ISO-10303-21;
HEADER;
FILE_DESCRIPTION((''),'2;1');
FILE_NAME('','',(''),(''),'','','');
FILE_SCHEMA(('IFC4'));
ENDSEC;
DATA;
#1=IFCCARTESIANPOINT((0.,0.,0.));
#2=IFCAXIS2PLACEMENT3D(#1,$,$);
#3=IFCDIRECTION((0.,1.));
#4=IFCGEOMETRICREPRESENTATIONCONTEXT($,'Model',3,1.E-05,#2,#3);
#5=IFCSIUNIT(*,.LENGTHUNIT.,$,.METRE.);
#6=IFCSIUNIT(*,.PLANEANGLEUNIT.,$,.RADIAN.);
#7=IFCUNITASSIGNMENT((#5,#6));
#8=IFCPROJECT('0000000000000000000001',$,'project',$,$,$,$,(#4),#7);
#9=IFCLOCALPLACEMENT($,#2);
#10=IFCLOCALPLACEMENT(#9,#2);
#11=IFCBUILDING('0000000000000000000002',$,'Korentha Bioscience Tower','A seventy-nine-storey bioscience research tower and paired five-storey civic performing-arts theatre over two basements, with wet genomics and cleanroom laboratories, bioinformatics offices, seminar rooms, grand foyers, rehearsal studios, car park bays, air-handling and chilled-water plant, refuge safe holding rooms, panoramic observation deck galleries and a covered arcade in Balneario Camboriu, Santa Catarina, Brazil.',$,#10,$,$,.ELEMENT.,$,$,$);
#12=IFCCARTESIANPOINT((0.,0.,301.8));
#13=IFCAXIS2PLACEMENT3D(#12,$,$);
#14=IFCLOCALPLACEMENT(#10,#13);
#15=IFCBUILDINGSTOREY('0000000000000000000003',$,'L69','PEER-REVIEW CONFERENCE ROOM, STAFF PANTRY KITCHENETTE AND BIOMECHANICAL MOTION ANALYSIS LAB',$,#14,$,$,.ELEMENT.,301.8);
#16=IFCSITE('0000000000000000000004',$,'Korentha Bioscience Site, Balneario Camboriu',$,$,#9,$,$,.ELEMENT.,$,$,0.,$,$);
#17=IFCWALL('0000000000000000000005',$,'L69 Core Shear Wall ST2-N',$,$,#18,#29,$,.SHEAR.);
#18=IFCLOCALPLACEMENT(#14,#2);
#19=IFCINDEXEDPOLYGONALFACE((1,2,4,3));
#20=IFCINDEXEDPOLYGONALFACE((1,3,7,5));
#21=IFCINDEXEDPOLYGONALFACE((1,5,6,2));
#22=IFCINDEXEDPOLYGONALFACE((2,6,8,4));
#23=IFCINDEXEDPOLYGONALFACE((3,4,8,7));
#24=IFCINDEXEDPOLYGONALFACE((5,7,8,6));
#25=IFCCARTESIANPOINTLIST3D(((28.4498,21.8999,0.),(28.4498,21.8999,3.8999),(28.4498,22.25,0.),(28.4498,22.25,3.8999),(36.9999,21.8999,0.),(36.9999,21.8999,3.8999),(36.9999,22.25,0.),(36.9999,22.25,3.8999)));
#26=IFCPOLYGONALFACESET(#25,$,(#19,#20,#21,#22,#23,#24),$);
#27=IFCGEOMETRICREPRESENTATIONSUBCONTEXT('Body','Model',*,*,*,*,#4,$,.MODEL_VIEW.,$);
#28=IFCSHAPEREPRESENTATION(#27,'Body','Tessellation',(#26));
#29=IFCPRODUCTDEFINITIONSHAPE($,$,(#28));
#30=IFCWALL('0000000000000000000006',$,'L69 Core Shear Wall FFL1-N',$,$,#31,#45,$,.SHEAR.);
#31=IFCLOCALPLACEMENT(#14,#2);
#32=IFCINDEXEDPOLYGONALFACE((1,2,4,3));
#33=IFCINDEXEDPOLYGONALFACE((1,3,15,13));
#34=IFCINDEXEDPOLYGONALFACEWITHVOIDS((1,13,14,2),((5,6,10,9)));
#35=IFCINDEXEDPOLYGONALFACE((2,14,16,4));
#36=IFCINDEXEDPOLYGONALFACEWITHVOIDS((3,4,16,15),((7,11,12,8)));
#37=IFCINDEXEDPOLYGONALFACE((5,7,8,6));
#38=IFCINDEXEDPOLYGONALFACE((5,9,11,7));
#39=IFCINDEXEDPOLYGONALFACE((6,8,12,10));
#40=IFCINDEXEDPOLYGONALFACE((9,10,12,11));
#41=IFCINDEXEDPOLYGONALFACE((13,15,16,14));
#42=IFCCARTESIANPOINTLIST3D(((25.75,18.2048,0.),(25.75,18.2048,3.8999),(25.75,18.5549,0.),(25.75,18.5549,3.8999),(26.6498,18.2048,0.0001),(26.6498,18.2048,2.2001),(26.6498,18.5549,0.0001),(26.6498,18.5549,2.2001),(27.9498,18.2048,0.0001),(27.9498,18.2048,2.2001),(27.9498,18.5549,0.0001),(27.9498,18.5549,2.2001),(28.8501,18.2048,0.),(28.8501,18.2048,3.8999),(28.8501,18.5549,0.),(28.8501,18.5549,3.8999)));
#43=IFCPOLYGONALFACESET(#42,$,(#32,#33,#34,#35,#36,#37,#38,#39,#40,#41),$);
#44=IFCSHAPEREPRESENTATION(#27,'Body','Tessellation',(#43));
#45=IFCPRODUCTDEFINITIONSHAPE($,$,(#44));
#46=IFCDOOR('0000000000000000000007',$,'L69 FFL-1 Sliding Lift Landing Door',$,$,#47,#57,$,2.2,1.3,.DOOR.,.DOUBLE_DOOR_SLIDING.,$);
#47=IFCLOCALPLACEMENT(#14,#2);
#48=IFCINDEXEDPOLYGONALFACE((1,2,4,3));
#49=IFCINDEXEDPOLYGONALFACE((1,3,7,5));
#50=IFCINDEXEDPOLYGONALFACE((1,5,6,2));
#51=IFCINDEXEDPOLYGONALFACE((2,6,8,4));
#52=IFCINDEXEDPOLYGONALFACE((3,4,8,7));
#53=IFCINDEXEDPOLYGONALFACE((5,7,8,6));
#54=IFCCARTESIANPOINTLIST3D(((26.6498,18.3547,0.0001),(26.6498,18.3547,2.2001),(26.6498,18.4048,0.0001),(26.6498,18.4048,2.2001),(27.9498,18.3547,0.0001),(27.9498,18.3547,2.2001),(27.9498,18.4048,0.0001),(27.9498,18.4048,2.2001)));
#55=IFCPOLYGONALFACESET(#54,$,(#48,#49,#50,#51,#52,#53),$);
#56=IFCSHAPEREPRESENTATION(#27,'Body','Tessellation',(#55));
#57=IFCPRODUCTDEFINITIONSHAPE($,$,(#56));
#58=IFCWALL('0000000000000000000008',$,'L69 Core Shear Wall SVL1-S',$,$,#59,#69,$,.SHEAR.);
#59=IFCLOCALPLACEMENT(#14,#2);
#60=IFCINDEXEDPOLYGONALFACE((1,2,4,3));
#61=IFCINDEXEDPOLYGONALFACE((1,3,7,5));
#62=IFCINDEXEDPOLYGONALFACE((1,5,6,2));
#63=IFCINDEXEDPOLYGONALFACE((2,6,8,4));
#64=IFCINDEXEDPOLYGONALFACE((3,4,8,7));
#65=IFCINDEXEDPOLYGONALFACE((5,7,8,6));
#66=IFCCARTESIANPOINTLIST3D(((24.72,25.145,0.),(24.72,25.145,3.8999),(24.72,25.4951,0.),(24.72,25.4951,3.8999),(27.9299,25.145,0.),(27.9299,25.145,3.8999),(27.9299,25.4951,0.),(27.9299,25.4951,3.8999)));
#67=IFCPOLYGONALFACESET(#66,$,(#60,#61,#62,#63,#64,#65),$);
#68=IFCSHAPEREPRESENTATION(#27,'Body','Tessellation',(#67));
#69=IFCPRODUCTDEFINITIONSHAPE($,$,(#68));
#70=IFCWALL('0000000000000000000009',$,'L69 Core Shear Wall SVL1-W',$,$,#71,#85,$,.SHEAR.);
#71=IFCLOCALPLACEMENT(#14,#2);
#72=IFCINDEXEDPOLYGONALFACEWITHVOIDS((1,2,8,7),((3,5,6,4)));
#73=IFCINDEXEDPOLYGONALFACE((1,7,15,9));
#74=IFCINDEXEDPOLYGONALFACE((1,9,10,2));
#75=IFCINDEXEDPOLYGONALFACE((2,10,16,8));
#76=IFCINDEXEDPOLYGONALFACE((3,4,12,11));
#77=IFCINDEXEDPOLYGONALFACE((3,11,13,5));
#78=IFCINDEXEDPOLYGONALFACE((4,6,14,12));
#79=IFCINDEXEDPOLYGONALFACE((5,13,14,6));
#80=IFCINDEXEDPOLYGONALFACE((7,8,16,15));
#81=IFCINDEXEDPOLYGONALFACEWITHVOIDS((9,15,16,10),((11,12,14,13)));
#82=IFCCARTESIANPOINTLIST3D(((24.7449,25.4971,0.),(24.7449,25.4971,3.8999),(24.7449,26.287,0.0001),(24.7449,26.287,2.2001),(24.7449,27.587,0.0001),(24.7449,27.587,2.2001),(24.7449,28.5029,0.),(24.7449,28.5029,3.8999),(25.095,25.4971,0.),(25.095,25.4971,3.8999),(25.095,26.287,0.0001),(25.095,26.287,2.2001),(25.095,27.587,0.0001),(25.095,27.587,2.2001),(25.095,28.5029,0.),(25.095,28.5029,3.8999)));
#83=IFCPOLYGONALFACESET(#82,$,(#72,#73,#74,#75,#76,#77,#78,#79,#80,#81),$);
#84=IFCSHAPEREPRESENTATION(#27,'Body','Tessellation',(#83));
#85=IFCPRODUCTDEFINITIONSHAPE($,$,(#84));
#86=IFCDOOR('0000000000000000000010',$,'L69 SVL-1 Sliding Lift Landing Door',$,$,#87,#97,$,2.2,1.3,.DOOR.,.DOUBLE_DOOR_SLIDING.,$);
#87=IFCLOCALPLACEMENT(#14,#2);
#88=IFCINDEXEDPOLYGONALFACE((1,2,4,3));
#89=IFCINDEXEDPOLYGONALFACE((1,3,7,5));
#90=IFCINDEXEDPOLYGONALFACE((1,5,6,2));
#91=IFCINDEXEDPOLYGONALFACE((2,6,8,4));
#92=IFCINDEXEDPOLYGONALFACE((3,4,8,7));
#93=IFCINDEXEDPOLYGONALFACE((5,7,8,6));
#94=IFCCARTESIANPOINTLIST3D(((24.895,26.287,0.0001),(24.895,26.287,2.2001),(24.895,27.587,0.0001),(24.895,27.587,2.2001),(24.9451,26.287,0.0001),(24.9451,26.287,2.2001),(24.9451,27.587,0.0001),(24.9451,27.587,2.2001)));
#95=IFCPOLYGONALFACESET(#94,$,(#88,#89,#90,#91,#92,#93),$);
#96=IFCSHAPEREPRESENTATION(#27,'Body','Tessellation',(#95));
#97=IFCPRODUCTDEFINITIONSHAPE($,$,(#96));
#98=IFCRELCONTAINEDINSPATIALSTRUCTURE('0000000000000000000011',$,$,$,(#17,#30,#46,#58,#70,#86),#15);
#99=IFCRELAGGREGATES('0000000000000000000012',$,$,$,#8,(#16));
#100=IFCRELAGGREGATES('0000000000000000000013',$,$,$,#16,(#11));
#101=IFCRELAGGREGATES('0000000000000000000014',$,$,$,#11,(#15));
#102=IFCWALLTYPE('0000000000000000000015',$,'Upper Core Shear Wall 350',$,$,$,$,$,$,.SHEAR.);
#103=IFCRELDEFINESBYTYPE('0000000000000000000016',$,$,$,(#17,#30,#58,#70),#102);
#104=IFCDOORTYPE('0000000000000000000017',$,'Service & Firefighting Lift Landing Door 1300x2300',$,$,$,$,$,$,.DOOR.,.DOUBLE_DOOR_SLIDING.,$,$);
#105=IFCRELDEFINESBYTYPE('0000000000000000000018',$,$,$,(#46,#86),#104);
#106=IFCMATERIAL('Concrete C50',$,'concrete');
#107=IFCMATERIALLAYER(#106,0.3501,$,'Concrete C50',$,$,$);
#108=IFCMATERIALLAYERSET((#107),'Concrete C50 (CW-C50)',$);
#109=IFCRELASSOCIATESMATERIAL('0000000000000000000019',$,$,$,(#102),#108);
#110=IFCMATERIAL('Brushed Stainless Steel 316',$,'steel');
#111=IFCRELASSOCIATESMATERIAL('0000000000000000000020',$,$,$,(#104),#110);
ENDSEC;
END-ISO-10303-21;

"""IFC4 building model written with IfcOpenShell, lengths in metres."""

from ifc_helpers import new_model, si_unit, direction, frame, frame_2d, origin, place, context, subcontext, project, spatial, rectangle, extrude, material, layer, layer_set, type_object, element, fill, save


model = new_model("IFC4")

# Units and contexts
model_context = context("Model", 3, precision=1e-05, world=origin(), true_north=direction((0.0, 1.0)))
body_context = subcontext(model_context, "Body", "Model", "MODEL_VIEW")
ifc_project = project(units=[si_unit("LENGTHUNIT", "METRE"), si_unit("PLANEANGLEUNIT", "RADIAN")], contexts=[model_context])

# Site, building, storey
site_placement = place(None, origin())
site = spatial("IfcSite", under=ifc_project, at=site_placement, Name="Korentha Bioscience Site, Balneario Camboriu", CompositionType="ELEMENT", RefElevation=0.0)
building_placement = place(site_placement, origin())
building = spatial("IfcBuilding", under=site, at=building_placement, Name="Korentha Bioscience Tower", Description="A seventy-nine-storey bioscience research tower and paired five-storey civic performing-arts theatre over two basements, with wet genomics and cleanroom laboratories, bioinformatics offices, seminar rooms, grand foyers, rehearsal studios, car park bays, air-handling and chilled-water plant, refuge safe holding rooms, panoramic observation deck galleries and a covered arcade in Balneario Camboriu, Santa Catarina, Brazil.", CompositionType="ELEMENT")
storey_placement = place(building_placement, frame((0.0, 0.0, 301.8)))
storey = spatial("IfcBuildingStorey", under=building, at=storey_placement, Name="L69", Description="PEER-REVIEW CONFERENCE ROOM, STAFF PANTRY KITCHENETTE AND BIOMECHANICAL MOTION ANALYSIS LAB", CompositionType="ELEMENT", Elevation=301.8)

# Wall
ifc_material_1 = material(Name="Concrete C50", Category="concrete")
ifc_layer_1 = layer(ifc_material_1, 0.3501, Name="Concrete C50")
ifc_layer_set_1 = layer_set([ifc_layer_1], Name="Concrete C50 (CW-C50)")
wall_type_1 = type_object("IfcWallType", Name="Upper Core Shear Wall 350", PredefinedType="SHEAR", material=ifc_layer_set_1)
wall_1_placement = place(storey_placement, frame((28.45, 22.075, 0.0), z_axis=(0.0, 0.0, 1.0), x_axis=(1.0, 0.0, 0.0)))
element("IfcWall", 1, at=wall_1_placement, inside=storey, type_object=wall_type_1, Name="L69 Core Shear Wall ST2-N", PredefinedType="SHEAR", context=body_context, shape_type="SweptSolid", body=[
    extrude(rectangle(XDim=8.55, YDim=0.3501, at=frame_2d((4.2749, 0.0))), origin(), (0.0, 0.0, 1.0), 3.8999),
])

# Wall, opening, door
wall_2_placement = place(storey_placement, frame((25.75, 18.3799, 0.0), z_axis=(0.0, 0.0, 1.0), x_axis=(1.0, 0.0, 0.0)))
wall_2 = element("IfcWall", 2, at=wall_2_placement, inside=storey, type_object=wall_type_1, Name="L69 Core Shear Wall FFL1-N", PredefinedType="SHEAR", context=body_context, shape_type="SweptSolid", body=[
    extrude(rectangle(XDim=3.1001, YDim=0.3501, at=frame_2d((1.55, 0.0))), origin(), (0.0, 0.0, 1.0), 3.8999),
])
opening_1_placement = place(wall_2_placement, frame((0.8999, 0.0, 0.0)))
opening_1 = element("IfcOpeningElement", 3, at=opening_1_placement, cuts=wall_2, PredefinedType="OPENING", context=body_context, shape_type="SweptSolid", body=[
    extrude(rectangle(XDim=1.3, YDim=2.2, at=frame_2d((0.6499, 1.1001))), frame((0.0, 0.1899, 0.0), z_axis=(0.0, -1.0, 0.0), x_axis=(1.0, 0.0, 0.0)), (0.0, 0.0, 1.0), 0.3799),
])
ifc_material_2 = material(Name="Brushed Stainless Steel 316", Category="steel")
door_type_1 = type_object("IfcDoorType", Name="Service & Firefighting Lift Landing Door 1300x2300", OperationType="DOUBLE_DOOR_SLIDING", PredefinedType="DOOR", material=ifc_material_2)
door_1_placement = place(opening_1_placement, origin())
door_1 = element("IfcDoor", 4, at=door_1_placement, inside=storey, type_object=door_type_1, Name="L69 FFL-1 Sliding Lift Landing Door", OperationType="DOUBLE_DOOR_SLIDING", OverallHeight=2.2, OverallWidth=1.3, PredefinedType="DOOR", context=body_context, shape_type="SweptSolid", body=[
    extrude(rectangle(XDim=1.3, YDim=2.2, at=frame_2d((0.6499, 1.1001))), frame((0.0, 0.0249, 0.0), z_axis=(0.0, -1.0, 0.0), x_axis=(1.0, 0.0, 0.0)), (0.0, 0.0, 1.0), 0.05),
])
fill(opening_1, door_1)

# Wall
wall_3_placement = place(storey_placement, frame((24.72, 25.3201, 0.0), z_axis=(0.0, 0.0, 1.0), x_axis=(1.0, 0.0, 0.0)))
element("IfcWall", 5, at=wall_3_placement, inside=storey, type_object=wall_type_1, Name="L69 Core Shear Wall SVL1-S", PredefinedType="SHEAR", context=body_context, shape_type="SweptSolid", body=[
    extrude(rectangle(XDim=3.21, YDim=0.3501, at=frame_2d((1.605, 0.0))), origin(), (0.0, 0.0, 1.0), 3.8999),
])

# Wall, opening, door
wall_4_placement = place(storey_placement, frame((24.9199, 25.4971, 0.0), z_axis=(0.0, 0.0, 1.0), x_axis=(0.0, 1.0, 0.0)))
wall_4 = element("IfcWall", 6, at=wall_4_placement, inside=storey, type_object=wall_type_1, Name="L69 Core Shear Wall SVL1-W", PredefinedType="SHEAR", context=body_context, shape_type="SweptSolid", body=[
    extrude(rectangle(XDim=3.0059, YDim=0.3501, at=frame_2d((1.5029, 0.0))), origin(), (0.0, 0.0, 1.0), 3.8999),
])
opening_2_placement = place(wall_4_placement, frame((0.79, 0.0, 0.0)))
opening_2 = element("IfcOpeningElement", 7, at=opening_2_placement, cuts=wall_4, PredefinedType="OPENING", context=body_context, shape_type="SweptSolid", body=[
    extrude(rectangle(XDim=1.3, YDim=2.2, at=frame_2d((0.6499, 1.1001))), frame((0.0, 0.1899, 0.0), z_axis=(0.0, -1.0, 0.0), x_axis=(1.0, 0.0, 0.0)), (0.0, 0.0, 1.0), 0.3799),
])
door_2_placement = place(opening_2_placement, origin())
door_2 = element("IfcDoor", 8, at=door_2_placement, inside=storey, type_object=door_type_1, Name="L69 SVL-1 Sliding Lift Landing Door", OperationType="DOUBLE_DOOR_SLIDING", OverallHeight=2.2, OverallWidth=1.3, PredefinedType="DOOR", context=body_context, shape_type="SweptSolid", body=[
    extrude(rectangle(XDim=1.3, YDim=2.2, at=frame_2d((0.6499, 1.1001))), frame((0.0, 0.0249, 0.0), z_axis=(0.0, -1.0, 0.0), x_axis=(1.0, 0.0, 0.0)), (0.0, 0.0, 1.0), 0.05),
])
fill(opening_2, door_2)

save(model, "model.ifc")
